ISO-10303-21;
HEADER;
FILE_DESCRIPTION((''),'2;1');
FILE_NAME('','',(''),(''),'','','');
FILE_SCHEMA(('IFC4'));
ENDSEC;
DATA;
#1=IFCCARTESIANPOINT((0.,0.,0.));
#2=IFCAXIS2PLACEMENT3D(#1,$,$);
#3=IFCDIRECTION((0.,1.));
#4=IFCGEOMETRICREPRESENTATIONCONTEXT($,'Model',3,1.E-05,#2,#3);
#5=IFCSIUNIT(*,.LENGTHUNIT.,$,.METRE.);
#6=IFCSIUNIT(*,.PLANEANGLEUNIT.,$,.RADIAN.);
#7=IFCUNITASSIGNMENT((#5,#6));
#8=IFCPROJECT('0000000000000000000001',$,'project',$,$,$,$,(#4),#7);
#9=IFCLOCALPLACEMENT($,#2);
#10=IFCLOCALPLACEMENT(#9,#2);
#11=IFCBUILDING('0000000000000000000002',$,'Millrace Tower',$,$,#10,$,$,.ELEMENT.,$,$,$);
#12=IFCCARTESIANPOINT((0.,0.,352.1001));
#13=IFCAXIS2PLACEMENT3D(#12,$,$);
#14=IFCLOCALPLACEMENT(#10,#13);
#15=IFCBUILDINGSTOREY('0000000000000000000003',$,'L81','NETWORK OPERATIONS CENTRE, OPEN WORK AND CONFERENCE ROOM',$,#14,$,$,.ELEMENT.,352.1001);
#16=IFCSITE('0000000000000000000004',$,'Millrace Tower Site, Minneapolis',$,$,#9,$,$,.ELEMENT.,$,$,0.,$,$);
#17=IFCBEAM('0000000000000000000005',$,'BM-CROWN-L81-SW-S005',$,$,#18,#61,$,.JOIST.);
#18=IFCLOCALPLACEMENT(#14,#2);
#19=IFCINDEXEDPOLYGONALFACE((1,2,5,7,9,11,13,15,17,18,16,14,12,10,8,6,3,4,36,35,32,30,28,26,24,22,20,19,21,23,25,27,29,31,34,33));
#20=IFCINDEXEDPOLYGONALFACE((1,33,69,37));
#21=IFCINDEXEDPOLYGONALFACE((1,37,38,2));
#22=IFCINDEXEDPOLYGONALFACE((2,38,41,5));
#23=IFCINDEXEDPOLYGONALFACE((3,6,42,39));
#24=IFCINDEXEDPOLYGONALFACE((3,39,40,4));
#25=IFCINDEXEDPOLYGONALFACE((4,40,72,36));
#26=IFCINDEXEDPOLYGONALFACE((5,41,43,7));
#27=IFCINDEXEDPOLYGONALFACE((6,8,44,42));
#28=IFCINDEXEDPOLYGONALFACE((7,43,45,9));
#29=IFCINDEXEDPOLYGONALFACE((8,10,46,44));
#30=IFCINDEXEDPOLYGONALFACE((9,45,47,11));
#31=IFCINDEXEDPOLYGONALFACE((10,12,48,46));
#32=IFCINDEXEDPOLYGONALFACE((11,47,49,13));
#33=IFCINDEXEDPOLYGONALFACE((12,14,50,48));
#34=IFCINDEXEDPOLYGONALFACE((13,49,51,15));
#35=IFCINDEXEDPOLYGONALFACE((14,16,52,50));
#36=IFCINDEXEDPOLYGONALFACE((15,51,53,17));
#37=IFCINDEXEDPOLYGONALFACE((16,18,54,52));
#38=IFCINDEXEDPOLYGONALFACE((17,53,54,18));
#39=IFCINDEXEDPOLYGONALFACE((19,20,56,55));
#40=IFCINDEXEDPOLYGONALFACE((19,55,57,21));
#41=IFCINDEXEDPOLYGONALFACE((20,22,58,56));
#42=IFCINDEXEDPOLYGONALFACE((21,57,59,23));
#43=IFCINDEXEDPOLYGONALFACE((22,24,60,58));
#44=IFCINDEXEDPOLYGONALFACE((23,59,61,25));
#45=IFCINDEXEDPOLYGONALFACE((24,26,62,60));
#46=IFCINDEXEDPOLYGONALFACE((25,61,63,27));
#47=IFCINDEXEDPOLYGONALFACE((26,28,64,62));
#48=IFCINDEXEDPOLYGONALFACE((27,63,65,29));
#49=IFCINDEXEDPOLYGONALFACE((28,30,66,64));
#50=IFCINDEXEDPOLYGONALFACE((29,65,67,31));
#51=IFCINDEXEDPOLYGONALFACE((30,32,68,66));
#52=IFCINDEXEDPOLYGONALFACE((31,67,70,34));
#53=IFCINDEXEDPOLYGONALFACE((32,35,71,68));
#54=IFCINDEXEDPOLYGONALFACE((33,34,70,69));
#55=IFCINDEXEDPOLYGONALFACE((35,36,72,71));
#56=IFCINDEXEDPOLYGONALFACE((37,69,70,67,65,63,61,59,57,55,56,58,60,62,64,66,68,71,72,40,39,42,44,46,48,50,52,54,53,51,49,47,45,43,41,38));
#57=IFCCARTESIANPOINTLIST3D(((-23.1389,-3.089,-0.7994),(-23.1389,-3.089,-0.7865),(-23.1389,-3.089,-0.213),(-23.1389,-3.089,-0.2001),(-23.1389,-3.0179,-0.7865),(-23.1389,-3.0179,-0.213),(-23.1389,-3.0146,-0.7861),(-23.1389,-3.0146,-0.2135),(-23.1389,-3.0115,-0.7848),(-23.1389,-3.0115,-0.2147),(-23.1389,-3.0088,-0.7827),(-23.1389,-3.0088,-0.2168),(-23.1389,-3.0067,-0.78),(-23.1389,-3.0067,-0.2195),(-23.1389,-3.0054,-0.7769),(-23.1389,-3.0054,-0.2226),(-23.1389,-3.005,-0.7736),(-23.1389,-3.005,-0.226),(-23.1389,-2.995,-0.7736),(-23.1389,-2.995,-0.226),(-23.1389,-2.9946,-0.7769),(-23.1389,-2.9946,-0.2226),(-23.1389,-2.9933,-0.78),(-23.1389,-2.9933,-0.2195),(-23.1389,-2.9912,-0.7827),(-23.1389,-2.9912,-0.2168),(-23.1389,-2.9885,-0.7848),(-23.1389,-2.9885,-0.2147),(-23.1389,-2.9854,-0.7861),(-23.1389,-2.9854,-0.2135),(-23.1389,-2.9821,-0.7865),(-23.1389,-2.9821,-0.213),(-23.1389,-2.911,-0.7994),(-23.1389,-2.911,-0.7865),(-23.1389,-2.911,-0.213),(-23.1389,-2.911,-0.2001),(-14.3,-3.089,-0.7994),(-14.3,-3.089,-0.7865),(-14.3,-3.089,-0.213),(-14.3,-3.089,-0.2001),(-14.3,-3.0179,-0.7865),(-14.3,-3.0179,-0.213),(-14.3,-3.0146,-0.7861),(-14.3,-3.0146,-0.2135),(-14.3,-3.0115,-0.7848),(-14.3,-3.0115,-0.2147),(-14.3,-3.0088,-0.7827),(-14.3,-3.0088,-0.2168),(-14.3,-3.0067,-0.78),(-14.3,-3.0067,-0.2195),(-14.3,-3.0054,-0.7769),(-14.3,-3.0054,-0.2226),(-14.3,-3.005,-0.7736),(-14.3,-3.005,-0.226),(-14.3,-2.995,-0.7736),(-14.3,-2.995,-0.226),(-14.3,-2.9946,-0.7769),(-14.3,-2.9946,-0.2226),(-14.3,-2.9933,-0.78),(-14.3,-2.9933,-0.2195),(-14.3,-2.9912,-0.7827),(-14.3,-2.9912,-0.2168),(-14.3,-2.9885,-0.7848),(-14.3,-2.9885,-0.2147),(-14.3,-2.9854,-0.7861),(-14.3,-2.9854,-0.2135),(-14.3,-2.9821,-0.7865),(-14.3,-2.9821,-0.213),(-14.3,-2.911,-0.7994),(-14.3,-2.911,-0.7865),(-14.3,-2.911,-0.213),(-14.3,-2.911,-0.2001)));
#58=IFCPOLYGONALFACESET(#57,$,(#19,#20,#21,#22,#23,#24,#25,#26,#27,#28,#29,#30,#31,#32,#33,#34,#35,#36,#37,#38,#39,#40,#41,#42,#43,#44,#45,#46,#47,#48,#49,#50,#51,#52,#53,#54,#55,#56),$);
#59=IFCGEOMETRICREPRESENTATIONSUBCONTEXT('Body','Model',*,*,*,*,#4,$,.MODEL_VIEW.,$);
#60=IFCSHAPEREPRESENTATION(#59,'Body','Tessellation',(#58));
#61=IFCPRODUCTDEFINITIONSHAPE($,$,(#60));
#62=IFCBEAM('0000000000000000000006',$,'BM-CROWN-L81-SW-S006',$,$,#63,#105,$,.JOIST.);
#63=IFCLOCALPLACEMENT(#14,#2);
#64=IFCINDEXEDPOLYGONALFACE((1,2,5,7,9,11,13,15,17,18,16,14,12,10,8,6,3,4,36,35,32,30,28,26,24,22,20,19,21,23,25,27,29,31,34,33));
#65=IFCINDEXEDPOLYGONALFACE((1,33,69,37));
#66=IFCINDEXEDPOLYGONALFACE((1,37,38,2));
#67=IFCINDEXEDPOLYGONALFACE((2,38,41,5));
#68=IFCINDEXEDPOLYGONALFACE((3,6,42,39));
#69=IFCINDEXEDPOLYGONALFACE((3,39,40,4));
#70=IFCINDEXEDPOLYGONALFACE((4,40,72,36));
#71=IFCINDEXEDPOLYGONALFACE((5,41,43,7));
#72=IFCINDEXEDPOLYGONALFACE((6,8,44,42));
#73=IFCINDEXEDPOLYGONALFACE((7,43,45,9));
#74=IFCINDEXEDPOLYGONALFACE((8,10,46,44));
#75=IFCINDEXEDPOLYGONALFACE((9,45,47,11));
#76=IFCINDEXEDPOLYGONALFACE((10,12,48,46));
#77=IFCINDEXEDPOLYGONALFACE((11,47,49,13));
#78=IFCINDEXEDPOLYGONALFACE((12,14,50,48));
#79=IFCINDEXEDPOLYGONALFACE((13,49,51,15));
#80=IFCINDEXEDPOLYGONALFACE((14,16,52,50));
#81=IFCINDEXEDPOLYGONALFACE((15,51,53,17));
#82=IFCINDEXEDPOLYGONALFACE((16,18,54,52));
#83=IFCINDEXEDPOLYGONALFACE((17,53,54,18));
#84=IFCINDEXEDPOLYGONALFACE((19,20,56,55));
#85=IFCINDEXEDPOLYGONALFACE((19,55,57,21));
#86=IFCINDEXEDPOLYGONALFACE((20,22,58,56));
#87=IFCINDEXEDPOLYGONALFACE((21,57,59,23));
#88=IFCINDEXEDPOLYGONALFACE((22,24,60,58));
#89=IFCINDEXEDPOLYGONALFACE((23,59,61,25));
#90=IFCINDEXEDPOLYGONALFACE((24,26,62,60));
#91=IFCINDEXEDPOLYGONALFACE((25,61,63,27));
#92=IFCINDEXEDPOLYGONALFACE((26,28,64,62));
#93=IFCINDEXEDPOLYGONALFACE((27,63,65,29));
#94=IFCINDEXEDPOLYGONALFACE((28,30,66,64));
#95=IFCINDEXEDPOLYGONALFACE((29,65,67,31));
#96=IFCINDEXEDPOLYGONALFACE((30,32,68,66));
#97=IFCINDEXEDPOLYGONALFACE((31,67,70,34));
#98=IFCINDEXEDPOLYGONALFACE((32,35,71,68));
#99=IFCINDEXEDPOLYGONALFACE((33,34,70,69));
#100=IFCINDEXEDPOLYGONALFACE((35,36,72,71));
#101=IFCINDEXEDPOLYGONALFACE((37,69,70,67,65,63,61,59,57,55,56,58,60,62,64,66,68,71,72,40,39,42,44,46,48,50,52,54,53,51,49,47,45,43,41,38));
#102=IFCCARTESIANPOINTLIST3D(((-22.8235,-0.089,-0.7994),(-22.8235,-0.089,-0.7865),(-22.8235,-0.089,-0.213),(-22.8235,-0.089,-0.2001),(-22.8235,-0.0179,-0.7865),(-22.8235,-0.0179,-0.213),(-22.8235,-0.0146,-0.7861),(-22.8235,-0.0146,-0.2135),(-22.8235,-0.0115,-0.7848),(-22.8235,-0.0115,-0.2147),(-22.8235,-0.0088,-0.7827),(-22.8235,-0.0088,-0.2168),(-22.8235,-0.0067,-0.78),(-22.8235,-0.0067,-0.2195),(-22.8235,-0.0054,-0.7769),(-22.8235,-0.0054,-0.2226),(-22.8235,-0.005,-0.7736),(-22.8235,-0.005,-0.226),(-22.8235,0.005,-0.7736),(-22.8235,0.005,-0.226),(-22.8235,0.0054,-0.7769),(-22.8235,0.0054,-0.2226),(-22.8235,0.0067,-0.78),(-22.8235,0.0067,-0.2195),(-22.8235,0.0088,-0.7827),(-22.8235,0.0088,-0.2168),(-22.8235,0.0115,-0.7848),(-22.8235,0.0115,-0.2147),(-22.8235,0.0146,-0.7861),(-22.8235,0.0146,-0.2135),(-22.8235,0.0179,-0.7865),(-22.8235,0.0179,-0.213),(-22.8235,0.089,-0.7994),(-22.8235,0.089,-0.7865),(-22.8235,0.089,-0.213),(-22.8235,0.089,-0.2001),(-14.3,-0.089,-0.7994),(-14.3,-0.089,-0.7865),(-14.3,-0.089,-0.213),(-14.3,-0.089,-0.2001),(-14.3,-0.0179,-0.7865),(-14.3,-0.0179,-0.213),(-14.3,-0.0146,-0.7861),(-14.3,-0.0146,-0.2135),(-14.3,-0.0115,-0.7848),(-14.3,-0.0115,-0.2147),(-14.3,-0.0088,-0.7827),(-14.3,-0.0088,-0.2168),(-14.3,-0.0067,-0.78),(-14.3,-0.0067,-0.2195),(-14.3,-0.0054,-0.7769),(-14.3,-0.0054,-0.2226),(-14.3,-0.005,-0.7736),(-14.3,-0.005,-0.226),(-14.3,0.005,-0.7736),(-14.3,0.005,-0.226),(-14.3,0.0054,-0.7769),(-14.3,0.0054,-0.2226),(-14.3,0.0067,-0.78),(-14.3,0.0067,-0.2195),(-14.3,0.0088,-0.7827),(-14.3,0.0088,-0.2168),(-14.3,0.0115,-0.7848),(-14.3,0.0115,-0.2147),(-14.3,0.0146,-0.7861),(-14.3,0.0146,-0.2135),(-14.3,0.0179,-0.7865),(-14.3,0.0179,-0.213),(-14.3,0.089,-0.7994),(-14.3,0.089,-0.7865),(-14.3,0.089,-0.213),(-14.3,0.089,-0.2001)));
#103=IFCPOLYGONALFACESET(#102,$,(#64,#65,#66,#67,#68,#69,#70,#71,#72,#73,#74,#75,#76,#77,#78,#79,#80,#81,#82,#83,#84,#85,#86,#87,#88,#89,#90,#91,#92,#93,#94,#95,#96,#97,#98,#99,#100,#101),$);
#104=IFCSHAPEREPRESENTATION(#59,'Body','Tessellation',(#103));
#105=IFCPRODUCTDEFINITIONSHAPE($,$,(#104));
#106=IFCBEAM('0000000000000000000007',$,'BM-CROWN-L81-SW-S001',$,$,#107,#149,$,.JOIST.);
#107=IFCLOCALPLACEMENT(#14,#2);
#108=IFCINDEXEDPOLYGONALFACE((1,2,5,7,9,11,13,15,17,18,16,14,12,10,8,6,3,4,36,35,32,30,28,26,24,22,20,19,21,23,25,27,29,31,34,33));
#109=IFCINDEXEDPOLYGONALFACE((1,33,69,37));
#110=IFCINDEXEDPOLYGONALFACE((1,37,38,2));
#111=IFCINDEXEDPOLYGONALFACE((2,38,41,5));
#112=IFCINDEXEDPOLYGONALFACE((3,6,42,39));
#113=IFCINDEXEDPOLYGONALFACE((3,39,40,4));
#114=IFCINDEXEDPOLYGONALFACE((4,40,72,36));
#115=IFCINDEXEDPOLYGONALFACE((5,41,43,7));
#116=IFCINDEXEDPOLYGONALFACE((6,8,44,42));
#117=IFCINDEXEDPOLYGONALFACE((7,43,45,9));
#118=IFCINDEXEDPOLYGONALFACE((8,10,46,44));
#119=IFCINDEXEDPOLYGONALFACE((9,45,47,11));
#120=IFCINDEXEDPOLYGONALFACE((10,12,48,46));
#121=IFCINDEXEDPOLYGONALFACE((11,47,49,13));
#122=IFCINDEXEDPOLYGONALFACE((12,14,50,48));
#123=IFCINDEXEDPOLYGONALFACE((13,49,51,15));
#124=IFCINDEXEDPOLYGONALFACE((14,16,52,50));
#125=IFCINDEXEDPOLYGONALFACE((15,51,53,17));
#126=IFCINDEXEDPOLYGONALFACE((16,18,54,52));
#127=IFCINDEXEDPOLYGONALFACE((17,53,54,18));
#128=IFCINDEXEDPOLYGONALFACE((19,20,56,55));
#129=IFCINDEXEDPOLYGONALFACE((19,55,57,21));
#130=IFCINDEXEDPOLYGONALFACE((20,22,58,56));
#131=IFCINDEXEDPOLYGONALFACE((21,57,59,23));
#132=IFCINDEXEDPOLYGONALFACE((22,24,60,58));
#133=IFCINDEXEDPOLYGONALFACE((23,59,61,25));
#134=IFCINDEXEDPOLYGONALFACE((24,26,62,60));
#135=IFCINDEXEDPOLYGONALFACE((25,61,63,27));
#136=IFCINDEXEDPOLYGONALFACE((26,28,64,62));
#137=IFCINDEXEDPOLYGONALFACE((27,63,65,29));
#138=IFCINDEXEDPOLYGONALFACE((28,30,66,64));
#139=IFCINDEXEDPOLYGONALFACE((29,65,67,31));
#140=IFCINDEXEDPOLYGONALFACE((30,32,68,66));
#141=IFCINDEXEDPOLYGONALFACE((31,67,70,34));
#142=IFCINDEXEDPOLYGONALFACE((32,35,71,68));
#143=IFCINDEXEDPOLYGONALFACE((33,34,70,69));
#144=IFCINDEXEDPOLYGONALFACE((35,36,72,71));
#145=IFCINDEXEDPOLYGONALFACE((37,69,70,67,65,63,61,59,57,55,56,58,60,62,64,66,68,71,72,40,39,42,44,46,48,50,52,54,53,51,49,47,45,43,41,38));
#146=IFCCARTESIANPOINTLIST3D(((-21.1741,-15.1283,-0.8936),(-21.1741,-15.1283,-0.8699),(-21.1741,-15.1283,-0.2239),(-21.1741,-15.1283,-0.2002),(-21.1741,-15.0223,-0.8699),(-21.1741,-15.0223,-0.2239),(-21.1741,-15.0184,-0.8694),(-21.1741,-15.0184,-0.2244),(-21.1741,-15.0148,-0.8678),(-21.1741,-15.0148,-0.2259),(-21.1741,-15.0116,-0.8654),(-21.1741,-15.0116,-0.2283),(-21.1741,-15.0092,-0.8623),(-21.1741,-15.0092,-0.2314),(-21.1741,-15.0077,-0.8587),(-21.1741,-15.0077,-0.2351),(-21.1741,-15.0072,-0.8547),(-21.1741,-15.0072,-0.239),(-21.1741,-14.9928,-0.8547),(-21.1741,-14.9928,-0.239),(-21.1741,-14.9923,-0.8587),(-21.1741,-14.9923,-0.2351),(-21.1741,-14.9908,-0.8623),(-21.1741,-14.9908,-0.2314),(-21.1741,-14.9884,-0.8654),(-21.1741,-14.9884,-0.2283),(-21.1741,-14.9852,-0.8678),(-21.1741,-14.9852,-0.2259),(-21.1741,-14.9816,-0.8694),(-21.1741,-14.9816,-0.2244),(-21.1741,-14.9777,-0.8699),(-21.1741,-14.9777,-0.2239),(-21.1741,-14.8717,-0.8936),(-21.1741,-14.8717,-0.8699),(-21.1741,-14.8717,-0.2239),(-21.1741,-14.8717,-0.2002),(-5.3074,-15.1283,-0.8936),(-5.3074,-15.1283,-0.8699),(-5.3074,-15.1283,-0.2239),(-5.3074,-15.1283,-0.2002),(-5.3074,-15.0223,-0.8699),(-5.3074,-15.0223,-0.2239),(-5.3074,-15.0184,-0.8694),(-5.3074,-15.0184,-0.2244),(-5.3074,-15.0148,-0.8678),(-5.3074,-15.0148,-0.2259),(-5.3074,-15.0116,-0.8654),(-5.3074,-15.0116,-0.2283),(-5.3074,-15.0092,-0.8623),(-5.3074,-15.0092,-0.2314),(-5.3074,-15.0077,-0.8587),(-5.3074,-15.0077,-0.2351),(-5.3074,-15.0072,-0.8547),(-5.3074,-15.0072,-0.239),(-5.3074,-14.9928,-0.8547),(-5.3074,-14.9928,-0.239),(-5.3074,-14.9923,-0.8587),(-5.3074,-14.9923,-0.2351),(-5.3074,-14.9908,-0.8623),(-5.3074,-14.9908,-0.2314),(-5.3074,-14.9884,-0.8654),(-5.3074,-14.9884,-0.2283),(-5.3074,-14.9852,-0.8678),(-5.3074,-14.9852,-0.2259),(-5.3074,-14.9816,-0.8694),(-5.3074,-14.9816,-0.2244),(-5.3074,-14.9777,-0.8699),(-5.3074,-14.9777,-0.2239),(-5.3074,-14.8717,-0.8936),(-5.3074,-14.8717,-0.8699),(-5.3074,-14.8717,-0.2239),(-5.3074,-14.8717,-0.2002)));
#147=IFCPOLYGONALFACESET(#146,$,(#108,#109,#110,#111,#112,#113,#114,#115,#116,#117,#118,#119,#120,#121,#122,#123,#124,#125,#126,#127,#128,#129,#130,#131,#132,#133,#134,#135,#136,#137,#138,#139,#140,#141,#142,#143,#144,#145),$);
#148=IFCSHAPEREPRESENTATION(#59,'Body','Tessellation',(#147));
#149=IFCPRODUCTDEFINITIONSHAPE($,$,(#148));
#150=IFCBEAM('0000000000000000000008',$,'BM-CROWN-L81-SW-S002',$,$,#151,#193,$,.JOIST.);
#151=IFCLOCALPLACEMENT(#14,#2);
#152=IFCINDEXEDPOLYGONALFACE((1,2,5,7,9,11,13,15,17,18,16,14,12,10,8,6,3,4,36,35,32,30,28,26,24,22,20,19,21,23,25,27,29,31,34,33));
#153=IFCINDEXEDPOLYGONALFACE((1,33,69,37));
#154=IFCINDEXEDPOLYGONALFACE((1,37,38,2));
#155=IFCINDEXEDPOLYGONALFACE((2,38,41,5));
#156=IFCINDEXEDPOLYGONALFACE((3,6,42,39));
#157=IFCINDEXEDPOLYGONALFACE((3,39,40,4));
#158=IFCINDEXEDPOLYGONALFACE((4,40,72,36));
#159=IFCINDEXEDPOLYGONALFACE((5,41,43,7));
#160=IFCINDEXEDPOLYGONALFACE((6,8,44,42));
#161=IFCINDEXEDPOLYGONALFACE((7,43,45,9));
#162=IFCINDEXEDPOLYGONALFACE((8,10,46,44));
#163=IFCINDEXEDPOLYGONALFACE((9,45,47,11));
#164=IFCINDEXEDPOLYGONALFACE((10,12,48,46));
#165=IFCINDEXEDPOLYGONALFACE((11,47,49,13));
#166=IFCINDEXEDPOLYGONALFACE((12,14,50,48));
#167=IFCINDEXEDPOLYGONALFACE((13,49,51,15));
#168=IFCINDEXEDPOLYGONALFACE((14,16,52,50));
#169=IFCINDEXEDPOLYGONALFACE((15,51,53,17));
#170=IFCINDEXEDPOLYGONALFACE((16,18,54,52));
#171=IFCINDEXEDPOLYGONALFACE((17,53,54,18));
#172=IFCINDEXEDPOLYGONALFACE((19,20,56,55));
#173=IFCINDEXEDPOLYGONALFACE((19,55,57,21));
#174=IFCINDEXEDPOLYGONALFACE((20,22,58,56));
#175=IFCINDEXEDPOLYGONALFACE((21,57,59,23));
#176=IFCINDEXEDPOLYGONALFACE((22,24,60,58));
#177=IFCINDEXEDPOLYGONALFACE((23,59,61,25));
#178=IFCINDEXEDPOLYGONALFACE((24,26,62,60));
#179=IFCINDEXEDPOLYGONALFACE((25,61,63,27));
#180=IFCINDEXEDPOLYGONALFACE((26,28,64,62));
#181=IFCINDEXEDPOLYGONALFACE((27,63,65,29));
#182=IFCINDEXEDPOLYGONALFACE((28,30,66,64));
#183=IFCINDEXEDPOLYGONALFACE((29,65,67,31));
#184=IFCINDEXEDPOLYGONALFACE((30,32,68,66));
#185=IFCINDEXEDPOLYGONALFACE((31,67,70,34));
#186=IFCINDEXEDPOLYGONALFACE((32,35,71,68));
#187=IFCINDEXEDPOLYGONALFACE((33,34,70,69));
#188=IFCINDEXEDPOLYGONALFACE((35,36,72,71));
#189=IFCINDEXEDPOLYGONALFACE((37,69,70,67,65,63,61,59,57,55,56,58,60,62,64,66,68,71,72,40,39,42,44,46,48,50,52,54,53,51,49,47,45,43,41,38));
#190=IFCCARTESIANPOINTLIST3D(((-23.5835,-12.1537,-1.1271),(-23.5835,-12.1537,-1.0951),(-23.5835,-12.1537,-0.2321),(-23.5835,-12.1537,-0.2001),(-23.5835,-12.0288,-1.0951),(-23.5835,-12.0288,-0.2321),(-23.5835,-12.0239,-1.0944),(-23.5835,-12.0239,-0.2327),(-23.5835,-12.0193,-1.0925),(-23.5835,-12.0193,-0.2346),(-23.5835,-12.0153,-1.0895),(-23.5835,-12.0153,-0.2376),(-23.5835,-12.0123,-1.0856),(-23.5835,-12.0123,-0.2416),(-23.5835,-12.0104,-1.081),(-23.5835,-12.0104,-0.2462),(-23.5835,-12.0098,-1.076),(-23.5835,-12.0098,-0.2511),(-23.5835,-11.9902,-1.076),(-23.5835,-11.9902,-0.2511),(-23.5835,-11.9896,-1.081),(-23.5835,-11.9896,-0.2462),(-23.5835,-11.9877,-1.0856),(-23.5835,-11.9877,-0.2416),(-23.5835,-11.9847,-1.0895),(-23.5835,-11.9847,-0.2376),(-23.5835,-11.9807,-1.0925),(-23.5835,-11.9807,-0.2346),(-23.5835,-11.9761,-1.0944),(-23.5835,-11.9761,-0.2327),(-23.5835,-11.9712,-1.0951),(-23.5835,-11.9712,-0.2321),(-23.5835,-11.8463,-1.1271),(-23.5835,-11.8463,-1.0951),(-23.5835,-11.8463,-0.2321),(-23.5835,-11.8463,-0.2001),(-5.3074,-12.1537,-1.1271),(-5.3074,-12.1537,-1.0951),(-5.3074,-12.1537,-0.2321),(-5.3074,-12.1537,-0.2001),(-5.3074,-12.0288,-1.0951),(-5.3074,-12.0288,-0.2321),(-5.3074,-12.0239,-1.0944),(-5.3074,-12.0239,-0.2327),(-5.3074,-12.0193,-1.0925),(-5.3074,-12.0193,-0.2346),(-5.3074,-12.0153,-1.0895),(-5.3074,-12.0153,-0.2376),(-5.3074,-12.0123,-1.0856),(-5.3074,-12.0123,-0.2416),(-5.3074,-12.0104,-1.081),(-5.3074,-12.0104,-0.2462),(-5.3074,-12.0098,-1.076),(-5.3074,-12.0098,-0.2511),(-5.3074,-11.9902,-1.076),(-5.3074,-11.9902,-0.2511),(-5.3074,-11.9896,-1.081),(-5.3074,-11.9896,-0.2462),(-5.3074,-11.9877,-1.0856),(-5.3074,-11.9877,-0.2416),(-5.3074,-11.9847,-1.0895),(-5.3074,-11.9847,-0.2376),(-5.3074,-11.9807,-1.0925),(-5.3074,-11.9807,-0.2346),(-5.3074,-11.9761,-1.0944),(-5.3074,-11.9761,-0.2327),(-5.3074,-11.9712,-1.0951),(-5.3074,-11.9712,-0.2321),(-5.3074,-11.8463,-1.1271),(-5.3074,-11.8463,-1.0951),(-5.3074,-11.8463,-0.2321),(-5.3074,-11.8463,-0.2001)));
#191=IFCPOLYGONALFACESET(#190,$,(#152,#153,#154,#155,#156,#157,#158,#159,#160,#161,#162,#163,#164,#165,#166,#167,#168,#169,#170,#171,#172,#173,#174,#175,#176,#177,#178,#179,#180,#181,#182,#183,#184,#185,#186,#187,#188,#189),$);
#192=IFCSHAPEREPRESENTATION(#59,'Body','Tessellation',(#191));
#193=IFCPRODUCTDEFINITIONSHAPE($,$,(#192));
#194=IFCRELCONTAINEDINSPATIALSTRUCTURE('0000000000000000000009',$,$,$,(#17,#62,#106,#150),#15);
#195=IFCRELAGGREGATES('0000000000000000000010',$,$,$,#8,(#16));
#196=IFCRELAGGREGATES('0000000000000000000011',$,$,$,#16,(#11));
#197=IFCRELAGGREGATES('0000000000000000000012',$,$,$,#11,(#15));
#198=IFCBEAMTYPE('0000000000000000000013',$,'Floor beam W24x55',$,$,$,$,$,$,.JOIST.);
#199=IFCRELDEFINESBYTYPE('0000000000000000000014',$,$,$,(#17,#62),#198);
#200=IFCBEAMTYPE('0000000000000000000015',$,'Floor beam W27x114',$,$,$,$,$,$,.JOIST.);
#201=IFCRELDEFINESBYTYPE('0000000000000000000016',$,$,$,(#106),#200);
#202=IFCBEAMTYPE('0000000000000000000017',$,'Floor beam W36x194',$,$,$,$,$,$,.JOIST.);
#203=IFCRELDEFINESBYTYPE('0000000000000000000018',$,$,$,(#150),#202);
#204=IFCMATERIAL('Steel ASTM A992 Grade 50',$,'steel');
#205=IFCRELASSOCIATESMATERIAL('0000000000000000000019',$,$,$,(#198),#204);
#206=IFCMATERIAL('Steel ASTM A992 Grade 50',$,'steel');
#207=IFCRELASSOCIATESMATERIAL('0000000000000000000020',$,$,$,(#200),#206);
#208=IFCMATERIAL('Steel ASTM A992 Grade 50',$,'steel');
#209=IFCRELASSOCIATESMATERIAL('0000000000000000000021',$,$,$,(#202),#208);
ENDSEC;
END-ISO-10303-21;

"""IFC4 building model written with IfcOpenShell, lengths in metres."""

from ifc_helpers import new_model, si_unit, direction, frame, origin, origin_2d, place, context, subcontext, project, spatial, i_section, extrude, material, material_profile, profile_set, type_object, element, save


model = new_model("IFC4")

# Units and contexts
model_context = context("Model", 3, precision=1e-05, world=origin(), true_north=direction((0.0, 1.0)))
body_context = subcontext(model_context, "Body", "Model", "MODEL_VIEW")
ifc_project = project(units=[si_unit("LENGTHUNIT", "METRE"), si_unit("PLANEANGLEUNIT", "RADIAN")], contexts=[model_context])

# Site, building, storey
site_placement = place(None, origin())
site = spatial("IfcSite", under=ifc_project, at=site_placement, Name="Millrace Tower Site, Minneapolis", CompositionType="ELEMENT", RefElevation=0.0)
building_placement = place(site_placement, origin())
building = spatial("IfcBuilding", under=site, at=building_placement, Name="Millrace Tower", CompositionType="ELEMENT")
storey_placement = place(building_placement, frame((0.0, 0.0, 352.1001)))
storey = spatial("IfcBuildingStorey", under=building, at=storey_placement, Name="L81", Description="NETWORK OPERATIONS CENTRE, OPEN WORK AND CONFERENCE ROOM", CompositionType="ELEMENT", Elevation=352.1001)

# Beams
ifc_material_1 = material(Name="Steel ASTM A992 Grade 50", Category="steel")
ifc_material_profile_1 = material_profile(ifc_material_1, i_section(OverallWidth=0.178, OverallDepth=0.5994, WebThickness=0.01, FlangeThickness=0.0129, FilletRadius=0.0129, at=origin_2d()))
ifc_profile_set_1 = profile_set([ifc_material_profile_1], Name="Steel ASTM A992 Grade 50")
beam_type_1 = type_object("IfcBeamType", Name="Floor beam W24x55", PredefinedType="JOIST", material=ifc_profile_set_1)
beam_1_placement = place(storey_placement, frame((-23.1389, -3.0, -0.4998), z_axis=(1.0, 0.0, 0.0), x_axis=(0.0, 1.0, 0.0)))
element("IfcBeam", 1, at=beam_1_placement, inside=storey, type_object=beam_type_1, Name="BM-CROWN-L81-SW-S005", PredefinedType="JOIST", context=body_context, shape_type="SweptSolid", body=[
    extrude(i_section(OverallWidth=0.178, OverallDepth=0.5994, WebThickness=0.01, FlangeThickness=0.0129, FilletRadius=0.0129, at=origin_2d()), origin(), (0.0, 0.0, 1.0), 8.8389),
])
beam_2_placement = place(storey_placement, frame((-22.8235, 0.0, -0.4998), z_axis=(1.0, 0.0, 0.0), x_axis=(0.0, 1.0, 0.0)))
element("IfcBeam", 2, at=beam_2_placement, inside=storey, type_object=beam_type_1, Name="BM-CROWN-L81-SW-S006", PredefinedType="JOIST", context=body_context, shape_type="SweptSolid", body=[
    extrude(i_section(OverallWidth=0.178, OverallDepth=0.5994, WebThickness=0.01, FlangeThickness=0.0129, FilletRadius=0.0129, at=origin_2d()), origin(), (0.0, 0.0, 1.0), 8.5234),
])
ifc_material_2 = material(Name="Steel ASTM A992 Grade 50", Category="steel")
ifc_material_profile_2 = material_profile(ifc_material_2, i_section(OverallWidth=0.2566, OverallDepth=0.6934, WebThickness=0.0144, FlangeThickness=0.0237, FilletRadius=0.0151, at=origin_2d()))
ifc_profile_set_2 = profile_set([ifc_material_profile_2], Name="Steel ASTM A992 Grade 50")
beam_type_2 = type_object("IfcBeamType", Name="Floor beam W27x114", PredefinedType="JOIST", material=ifc_profile_set_2)
beam_3_placement = place(storey_placement, frame((-21.1741, -15.0, -0.5469), z_axis=(1.0, 0.0, 0.0), x_axis=(0.0, 1.0, 0.0)))
element("IfcBeam", 3, at=beam_3_placement, inside=storey, type_object=beam_type_2, Name="BM-CROWN-L81-SW-S001", PredefinedType="JOIST", context=body_context, shape_type="SweptSolid", body=[
    extrude(i_section(OverallWidth=0.2566, OverallDepth=0.6934, WebThickness=0.0144, FlangeThickness=0.0237, FilletRadius=0.0151, at=origin_2d()), origin(), (0.0, 0.0, 1.0), 15.8667),
])
ifc_material_3 = material(Name="Steel ASTM A992 Grade 50", Category="steel")
ifc_material_profile_3 = material_profile(ifc_material_3, i_section(OverallWidth=0.3074, OverallDepth=0.927, WebThickness=0.0195, FlangeThickness=0.032, FilletRadius=0.019, at=origin_2d()))
ifc_profile_set_3 = profile_set([ifc_material_profile_3], Name="Steel ASTM A992 Grade 50")
beam_type_3 = type_object("IfcBeamType", Name="Floor beam W36x194", PredefinedType="JOIST", material=ifc_profile_set_3)
beam_4_placement = place(storey_placement, frame((-23.5835, -12.0, -0.6636), z_axis=(1.0, 0.0, 0.0), x_axis=(0.0, 1.0, 0.0)))
element("IfcBeam", 4, at=beam_4_placement, inside=storey, type_object=beam_type_3, Name="BM-CROWN-L81-SW-S002", PredefinedType="JOIST", context=body_context, shape_type="SweptSolid", body=[
    extrude(i_section(OverallWidth=0.3074, OverallDepth=0.927, WebThickness=0.0195, FlangeThickness=0.032, FilletRadius=0.019, at=origin_2d()), origin(), (0.0, 0.0, 1.0), 18.2761),
])

save(model, "model.ifc")
